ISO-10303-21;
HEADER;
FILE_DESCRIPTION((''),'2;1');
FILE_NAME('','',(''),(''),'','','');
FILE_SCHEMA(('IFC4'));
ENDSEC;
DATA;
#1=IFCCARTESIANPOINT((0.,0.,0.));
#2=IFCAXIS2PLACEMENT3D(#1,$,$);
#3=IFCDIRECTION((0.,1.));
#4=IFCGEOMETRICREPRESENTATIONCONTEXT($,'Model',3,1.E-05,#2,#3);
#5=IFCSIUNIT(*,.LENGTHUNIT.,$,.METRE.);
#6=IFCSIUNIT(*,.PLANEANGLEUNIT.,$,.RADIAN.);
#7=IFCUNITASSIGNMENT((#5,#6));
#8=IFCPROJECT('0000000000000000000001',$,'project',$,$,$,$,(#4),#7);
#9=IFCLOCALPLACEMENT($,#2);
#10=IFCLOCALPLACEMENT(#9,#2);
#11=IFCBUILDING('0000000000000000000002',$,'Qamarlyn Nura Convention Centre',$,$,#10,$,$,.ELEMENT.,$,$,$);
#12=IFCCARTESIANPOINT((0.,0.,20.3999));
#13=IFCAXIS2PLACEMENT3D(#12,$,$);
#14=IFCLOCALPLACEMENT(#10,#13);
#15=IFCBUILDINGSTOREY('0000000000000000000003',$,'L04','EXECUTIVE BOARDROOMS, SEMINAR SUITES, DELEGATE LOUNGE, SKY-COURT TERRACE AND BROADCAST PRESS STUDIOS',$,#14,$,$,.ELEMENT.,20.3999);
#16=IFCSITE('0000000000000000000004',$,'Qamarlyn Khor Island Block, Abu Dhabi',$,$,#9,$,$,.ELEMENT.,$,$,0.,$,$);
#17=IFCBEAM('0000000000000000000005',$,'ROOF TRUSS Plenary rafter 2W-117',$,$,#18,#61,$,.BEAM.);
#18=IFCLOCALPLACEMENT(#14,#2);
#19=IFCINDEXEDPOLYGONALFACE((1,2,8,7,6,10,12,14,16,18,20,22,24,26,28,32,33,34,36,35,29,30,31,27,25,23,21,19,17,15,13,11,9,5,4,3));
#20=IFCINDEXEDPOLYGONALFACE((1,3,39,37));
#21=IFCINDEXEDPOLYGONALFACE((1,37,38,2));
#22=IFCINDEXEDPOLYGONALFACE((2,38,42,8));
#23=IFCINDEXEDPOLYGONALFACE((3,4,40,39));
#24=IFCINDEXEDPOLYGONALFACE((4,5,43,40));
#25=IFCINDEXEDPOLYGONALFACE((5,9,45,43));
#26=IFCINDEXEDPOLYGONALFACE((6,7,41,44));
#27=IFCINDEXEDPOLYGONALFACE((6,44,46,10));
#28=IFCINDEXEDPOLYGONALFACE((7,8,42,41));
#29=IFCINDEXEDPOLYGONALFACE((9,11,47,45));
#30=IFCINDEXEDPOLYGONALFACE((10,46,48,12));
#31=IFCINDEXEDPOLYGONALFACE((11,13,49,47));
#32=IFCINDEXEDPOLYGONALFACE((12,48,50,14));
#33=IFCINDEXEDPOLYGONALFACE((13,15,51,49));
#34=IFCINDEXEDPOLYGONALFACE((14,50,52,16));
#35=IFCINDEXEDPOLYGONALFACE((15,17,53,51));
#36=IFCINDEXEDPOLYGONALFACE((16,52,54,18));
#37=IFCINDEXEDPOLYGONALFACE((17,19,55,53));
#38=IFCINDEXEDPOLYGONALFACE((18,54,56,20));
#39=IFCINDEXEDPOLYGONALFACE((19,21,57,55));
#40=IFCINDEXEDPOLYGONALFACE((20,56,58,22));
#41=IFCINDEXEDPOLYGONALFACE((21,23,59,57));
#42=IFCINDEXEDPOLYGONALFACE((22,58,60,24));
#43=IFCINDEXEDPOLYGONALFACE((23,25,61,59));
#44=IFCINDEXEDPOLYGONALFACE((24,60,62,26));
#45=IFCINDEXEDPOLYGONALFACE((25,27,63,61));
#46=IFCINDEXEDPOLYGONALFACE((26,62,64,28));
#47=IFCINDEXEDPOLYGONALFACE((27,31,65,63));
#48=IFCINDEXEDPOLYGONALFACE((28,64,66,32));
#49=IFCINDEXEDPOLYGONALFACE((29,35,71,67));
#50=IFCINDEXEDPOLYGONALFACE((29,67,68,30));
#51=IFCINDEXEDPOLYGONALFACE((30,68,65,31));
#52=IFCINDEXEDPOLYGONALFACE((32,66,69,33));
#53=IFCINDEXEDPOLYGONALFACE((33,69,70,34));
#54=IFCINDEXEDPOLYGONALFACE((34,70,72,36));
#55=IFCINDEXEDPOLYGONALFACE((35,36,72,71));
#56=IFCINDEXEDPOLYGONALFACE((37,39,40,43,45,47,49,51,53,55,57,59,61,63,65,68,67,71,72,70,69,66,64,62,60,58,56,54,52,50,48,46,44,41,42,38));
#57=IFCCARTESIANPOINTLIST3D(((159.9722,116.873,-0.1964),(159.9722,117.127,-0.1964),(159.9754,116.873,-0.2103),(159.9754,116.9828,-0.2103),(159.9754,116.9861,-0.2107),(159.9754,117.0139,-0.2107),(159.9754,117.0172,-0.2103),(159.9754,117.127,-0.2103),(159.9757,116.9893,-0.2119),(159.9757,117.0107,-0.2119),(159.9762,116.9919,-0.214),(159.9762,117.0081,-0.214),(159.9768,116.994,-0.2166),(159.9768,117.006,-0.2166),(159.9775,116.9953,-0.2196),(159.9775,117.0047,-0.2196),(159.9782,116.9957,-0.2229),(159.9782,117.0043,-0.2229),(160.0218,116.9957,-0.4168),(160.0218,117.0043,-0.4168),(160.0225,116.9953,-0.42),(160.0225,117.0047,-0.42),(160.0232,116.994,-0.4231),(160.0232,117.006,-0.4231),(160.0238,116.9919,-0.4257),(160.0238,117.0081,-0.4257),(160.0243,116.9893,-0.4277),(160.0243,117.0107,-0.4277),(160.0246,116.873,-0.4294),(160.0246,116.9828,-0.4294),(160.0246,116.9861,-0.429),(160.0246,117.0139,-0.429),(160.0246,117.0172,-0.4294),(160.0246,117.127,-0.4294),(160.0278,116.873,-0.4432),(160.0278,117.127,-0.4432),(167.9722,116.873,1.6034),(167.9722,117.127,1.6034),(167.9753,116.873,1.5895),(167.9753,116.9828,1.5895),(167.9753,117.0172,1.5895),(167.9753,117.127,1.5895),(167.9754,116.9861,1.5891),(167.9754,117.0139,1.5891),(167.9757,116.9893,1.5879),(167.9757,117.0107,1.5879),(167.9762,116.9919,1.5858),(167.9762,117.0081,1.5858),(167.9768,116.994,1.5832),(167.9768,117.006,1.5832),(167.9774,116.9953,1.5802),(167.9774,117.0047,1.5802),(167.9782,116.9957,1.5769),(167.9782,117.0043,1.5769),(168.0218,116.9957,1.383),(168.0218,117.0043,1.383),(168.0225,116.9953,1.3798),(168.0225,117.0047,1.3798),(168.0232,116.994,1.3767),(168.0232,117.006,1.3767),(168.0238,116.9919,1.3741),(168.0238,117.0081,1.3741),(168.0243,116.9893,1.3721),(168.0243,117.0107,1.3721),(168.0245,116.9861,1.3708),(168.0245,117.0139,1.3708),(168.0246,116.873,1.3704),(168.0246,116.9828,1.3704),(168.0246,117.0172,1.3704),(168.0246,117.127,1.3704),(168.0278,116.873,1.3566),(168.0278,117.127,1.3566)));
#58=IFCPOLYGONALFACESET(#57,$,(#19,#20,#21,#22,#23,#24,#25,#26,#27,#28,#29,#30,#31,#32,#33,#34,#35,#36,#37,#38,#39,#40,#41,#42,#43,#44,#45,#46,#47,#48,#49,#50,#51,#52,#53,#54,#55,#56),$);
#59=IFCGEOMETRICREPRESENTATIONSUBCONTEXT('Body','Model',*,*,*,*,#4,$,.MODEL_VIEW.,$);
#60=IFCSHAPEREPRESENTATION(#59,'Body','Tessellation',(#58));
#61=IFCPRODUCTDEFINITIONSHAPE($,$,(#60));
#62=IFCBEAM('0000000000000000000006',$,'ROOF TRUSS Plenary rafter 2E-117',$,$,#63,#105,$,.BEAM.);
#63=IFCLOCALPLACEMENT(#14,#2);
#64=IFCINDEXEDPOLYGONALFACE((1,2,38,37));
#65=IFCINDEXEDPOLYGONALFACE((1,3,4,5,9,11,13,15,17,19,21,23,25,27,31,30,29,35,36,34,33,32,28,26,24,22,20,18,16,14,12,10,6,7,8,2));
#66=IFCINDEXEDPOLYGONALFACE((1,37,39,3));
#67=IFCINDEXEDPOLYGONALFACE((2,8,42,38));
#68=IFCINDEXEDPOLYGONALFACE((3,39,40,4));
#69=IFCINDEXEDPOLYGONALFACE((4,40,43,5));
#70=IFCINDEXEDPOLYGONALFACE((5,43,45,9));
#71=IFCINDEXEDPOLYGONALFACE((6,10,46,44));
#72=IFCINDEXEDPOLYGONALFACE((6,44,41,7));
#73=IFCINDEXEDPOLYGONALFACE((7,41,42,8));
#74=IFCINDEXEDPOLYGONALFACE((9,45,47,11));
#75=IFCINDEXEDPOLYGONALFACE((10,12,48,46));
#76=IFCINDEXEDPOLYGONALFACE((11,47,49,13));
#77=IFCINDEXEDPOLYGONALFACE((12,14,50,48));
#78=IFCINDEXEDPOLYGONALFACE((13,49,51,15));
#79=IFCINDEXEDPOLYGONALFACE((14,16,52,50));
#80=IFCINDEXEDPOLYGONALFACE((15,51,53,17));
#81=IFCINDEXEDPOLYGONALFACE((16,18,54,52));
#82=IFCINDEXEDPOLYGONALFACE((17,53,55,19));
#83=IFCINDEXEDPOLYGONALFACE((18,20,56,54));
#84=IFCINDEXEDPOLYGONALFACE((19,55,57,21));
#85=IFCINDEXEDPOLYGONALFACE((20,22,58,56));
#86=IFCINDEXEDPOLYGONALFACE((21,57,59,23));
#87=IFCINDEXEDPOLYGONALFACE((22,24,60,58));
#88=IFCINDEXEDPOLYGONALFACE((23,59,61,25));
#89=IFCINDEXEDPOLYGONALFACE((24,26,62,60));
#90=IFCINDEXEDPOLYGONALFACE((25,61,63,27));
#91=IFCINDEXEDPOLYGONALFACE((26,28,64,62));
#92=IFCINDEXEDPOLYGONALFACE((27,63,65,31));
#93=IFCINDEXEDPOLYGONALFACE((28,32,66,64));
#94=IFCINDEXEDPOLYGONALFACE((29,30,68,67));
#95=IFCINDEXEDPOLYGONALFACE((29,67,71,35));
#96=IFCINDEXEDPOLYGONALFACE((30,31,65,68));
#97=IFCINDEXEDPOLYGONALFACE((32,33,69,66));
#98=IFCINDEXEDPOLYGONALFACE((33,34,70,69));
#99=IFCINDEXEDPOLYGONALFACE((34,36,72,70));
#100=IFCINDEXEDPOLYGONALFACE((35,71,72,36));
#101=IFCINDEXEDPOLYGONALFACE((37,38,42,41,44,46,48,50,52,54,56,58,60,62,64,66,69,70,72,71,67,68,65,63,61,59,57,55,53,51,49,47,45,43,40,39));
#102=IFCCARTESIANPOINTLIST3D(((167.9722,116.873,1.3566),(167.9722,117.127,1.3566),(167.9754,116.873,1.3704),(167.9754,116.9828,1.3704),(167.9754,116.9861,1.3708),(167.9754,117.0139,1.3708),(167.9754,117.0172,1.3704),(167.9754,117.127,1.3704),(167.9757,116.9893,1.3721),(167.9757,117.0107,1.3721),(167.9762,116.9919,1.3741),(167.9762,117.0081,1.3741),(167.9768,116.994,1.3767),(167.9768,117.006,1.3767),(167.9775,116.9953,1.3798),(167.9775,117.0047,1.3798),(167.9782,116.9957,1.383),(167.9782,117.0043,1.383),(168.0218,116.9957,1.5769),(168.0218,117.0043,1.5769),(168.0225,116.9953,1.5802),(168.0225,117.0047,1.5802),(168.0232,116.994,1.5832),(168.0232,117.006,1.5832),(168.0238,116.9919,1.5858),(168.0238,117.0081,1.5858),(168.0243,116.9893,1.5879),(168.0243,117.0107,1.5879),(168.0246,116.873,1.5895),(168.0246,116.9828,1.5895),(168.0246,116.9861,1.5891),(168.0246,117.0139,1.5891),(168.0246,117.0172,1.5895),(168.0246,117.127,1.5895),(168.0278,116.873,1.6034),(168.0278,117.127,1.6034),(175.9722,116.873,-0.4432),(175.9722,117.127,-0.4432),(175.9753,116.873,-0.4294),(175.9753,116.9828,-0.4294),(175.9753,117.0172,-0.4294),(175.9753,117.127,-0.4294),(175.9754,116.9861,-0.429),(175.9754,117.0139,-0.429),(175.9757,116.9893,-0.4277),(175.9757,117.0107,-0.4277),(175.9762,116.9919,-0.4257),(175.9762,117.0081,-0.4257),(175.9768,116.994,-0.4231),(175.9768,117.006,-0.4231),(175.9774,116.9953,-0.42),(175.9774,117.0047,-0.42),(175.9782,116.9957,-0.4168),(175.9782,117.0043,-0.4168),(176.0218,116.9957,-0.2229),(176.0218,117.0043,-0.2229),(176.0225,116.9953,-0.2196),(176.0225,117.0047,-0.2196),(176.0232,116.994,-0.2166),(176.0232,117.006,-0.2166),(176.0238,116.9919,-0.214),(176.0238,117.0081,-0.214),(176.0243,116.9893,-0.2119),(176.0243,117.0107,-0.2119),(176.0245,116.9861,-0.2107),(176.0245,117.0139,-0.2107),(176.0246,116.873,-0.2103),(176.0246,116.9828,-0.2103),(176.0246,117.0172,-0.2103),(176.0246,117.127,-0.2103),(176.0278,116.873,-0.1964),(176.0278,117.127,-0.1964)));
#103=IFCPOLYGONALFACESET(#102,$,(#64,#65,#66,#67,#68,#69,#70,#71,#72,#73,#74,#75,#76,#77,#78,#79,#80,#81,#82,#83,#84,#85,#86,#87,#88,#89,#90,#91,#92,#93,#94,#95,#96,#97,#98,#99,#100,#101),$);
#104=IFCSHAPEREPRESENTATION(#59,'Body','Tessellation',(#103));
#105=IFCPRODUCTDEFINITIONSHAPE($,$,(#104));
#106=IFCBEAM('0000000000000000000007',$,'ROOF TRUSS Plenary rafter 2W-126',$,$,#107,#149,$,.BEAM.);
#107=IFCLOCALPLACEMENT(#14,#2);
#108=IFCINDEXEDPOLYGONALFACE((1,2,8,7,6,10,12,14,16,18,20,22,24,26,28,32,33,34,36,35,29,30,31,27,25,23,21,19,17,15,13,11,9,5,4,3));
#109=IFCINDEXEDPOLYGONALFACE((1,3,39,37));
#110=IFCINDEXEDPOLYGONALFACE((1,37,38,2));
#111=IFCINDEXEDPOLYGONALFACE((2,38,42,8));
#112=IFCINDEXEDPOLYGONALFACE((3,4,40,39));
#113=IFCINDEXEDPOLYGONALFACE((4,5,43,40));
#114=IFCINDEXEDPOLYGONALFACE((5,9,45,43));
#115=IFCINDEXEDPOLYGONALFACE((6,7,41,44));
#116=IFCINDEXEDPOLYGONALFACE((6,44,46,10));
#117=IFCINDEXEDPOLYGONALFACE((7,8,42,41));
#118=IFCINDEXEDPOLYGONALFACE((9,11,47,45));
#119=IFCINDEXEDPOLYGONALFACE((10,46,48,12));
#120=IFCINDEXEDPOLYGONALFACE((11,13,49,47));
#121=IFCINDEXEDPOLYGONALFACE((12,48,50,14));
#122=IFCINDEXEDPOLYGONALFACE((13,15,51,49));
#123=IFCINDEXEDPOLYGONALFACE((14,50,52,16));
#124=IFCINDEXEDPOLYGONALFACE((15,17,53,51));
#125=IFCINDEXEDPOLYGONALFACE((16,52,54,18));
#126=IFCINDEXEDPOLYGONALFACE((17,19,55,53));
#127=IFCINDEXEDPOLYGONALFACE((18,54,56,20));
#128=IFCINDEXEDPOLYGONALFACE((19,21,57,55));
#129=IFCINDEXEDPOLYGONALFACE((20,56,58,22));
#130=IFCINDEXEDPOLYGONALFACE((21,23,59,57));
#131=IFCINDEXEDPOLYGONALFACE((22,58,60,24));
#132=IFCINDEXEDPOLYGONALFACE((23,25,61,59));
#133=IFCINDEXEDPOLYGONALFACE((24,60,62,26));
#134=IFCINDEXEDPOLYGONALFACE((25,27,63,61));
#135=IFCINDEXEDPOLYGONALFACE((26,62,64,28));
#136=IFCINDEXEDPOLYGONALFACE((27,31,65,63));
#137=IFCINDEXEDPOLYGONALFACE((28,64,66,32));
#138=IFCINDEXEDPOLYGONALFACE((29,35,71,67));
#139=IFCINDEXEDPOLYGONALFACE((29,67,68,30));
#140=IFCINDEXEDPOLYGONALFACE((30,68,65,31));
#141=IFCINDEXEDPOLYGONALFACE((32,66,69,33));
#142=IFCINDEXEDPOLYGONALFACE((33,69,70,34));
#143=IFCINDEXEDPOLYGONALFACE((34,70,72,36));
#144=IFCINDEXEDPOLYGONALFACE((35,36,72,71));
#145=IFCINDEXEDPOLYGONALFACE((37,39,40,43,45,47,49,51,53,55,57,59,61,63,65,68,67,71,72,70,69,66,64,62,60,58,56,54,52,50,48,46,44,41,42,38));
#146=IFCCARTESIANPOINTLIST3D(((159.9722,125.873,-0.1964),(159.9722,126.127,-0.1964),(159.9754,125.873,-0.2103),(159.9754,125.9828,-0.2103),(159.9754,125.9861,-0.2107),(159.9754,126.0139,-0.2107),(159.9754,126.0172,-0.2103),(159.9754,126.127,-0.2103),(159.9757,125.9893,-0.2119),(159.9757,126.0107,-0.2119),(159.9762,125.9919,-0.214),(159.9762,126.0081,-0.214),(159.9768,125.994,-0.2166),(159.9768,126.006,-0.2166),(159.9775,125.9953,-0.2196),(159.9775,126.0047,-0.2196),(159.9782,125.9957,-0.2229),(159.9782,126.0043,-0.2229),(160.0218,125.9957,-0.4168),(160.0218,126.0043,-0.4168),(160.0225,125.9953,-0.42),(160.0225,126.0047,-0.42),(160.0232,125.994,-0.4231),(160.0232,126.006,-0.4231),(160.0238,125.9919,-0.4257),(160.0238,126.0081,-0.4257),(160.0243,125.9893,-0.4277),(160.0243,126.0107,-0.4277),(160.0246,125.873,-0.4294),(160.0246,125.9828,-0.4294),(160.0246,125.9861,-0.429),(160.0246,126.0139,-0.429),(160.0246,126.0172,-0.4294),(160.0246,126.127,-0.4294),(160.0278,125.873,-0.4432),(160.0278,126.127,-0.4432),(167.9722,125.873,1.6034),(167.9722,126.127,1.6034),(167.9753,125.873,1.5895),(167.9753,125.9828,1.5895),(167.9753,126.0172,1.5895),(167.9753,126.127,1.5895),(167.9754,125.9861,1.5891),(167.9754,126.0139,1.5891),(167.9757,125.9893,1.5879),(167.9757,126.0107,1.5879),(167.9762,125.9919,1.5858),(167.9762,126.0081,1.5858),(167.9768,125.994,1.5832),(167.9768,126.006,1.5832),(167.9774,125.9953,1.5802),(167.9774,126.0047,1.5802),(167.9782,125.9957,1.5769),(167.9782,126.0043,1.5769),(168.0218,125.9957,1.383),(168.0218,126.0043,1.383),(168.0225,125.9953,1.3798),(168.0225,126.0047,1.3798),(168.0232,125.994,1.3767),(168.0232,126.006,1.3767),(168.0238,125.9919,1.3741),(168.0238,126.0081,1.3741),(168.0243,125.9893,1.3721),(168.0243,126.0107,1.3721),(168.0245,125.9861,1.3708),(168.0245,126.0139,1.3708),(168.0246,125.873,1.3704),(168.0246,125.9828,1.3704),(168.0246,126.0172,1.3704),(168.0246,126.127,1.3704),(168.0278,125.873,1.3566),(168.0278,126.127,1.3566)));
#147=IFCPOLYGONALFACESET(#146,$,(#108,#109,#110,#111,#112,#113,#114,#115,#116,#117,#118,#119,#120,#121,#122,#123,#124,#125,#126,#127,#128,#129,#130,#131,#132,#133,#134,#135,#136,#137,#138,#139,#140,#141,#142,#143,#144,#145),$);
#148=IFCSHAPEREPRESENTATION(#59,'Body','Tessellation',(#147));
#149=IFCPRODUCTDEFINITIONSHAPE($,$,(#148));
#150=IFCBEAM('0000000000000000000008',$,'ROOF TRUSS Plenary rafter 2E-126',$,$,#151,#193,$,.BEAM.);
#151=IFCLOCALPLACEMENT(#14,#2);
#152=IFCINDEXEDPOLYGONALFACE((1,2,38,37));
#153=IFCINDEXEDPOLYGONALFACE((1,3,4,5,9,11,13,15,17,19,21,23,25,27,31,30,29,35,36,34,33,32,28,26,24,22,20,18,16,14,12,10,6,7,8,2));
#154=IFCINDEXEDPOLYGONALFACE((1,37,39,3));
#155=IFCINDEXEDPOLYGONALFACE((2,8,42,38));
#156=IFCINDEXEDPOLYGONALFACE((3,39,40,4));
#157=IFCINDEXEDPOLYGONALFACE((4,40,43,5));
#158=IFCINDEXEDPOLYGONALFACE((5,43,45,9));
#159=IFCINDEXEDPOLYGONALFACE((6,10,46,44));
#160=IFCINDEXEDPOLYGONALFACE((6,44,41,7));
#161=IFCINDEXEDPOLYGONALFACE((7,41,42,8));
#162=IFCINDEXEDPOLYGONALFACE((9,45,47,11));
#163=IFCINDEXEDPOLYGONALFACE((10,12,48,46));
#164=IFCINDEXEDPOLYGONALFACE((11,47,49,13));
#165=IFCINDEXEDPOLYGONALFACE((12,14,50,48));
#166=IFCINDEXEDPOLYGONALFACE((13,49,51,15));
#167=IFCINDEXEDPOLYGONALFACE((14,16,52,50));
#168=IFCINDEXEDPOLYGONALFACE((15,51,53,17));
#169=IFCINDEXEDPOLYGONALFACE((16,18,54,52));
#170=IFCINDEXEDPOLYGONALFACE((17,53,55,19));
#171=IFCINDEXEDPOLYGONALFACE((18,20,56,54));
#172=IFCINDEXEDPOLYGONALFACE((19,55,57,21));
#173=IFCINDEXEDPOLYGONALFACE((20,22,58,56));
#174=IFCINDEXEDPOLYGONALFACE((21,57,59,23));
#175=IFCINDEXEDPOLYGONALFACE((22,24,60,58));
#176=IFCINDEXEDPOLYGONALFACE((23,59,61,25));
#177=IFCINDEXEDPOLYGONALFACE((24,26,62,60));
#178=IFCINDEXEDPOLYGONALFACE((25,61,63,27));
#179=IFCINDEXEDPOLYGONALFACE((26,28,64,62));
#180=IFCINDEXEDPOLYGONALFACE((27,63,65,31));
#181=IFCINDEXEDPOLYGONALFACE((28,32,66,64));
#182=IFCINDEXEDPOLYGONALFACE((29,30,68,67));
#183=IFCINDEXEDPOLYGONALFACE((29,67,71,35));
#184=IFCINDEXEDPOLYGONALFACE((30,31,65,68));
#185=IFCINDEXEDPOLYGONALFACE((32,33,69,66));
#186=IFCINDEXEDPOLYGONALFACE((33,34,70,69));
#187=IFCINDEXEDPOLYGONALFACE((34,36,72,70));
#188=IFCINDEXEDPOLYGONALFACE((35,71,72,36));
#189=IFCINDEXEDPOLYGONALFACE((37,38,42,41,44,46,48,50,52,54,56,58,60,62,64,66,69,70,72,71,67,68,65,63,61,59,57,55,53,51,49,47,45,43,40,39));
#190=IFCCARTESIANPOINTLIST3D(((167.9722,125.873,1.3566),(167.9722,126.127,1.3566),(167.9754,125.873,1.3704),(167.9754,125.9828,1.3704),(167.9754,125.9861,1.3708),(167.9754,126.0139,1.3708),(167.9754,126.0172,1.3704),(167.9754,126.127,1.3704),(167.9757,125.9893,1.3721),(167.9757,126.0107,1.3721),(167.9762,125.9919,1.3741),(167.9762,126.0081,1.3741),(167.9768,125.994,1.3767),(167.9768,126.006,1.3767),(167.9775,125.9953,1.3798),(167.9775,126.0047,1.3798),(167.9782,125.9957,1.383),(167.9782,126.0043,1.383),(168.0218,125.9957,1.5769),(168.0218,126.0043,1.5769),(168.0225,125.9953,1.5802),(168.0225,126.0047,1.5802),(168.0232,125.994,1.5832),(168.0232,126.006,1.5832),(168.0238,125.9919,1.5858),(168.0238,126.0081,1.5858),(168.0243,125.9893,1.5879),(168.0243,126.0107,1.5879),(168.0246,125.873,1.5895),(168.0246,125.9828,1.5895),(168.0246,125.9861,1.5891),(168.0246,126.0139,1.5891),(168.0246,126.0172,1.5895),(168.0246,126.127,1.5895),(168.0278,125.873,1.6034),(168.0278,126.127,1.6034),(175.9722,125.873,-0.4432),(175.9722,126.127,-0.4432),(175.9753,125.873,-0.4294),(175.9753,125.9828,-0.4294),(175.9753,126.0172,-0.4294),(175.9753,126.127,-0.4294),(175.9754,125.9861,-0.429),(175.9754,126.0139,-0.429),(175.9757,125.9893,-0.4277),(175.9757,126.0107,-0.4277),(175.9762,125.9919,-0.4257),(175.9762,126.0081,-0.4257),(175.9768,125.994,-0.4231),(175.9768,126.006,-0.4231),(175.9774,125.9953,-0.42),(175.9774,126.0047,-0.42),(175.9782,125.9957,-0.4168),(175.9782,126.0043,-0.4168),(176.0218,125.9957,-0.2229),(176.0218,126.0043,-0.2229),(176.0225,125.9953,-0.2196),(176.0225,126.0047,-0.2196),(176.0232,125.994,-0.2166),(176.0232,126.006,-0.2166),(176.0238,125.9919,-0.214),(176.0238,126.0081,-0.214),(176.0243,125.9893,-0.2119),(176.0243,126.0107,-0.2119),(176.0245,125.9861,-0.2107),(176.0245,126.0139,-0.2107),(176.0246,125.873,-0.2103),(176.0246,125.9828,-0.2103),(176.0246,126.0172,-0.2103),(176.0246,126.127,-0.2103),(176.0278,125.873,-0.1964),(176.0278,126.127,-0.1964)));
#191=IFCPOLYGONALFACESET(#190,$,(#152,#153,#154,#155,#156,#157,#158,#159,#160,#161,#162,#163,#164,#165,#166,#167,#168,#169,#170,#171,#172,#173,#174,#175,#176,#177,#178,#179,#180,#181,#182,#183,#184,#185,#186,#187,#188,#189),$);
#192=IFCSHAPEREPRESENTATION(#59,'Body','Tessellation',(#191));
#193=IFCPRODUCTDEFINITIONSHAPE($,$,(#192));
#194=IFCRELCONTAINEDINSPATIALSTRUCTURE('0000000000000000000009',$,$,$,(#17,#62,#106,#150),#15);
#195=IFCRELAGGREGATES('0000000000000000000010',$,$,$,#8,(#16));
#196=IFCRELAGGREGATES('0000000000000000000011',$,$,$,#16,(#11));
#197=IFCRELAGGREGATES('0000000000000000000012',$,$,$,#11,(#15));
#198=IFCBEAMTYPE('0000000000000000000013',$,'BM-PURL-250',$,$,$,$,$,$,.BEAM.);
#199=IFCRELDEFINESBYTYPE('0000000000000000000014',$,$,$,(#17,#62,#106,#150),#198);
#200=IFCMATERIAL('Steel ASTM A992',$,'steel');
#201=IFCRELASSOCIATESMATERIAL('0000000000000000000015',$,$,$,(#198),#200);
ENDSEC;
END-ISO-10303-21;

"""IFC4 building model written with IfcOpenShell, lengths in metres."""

from ifc_helpers import new_model, si_unit, direction, frame, origin, origin_2d, place, context, subcontext, project, spatial, i_section, extrude, material, material_profile, profile_set, type_object, element, save


model = new_model("IFC4")

# Units and contexts
model_context = context("Model", 3, precision=1e-05, world=origin(), true_north=direction((0.0, 1.0)))
body_context = subcontext(model_context, "Body", "Model", "MODEL_VIEW")
ifc_project = project(units=[si_unit("LENGTHUNIT", "METRE"), si_unit("PLANEANGLEUNIT", "RADIAN")], contexts=[model_context])

# Site, building, storey
site_placement = place(None, origin())
site = spatial("IfcSite", under=ifc_project, at=site_placement, Name="Qamarlyn Khor Island Block, Abu Dhabi", CompositionType="ELEMENT", RefElevation=0.0)
building_placement = place(site_placement, origin())
building = spatial("IfcBuilding", under=site, at=building_placement, Name="Qamarlyn Nura Convention Centre", CompositionType="ELEMENT")
storey_placement = place(building_placement, frame((0.0, 0.0, 20.3999)))
storey = spatial("IfcBuildingStorey", under=building, at=storey_placement, Name="L04", Description="EXECUTIVE BOARDROOMS, SEMINAR SUITES, DELEGATE LOUNGE, SKY-COURT TERRACE AND BROADCAST PRESS STUDIOS", CompositionType="ELEMENT", Elevation=20.3999)

# Beams
ifc_material_1 = material(Name="Steel ASTM A992", Category="steel")
ifc_material_profile_1 = material_profile(ifc_material_1, i_section(OverallWidth=0.2539, OverallDepth=0.2529, WebThickness=0.0085, FlangeThickness=0.0142, FilletRadius=0.0129, at=origin_2d()), Name="W250X73")
ifc_profile_set_1 = profile_set([ifc_material_profile_1], Name="Steel ASTM A992")
beam_type_1 = type_object("IfcBeamType", Name="BM-PURL-250", PredefinedType="BEAM", material=ifc_profile_set_1)
for number, where, z_axis, x_axis, name in (
    (1, (160.0, 117.0, -0.3198), (0.975615, 0.0, 0.21949), (0.0, 1.0, 0.0), "ROOF TRUSS Plenary rafter 2W-117"),
    (2, (168.0, 117.0, 1.48), (0.975615, 0.0, -0.21949), (0.0, 1.0, 0.0), "ROOF TRUSS Plenary rafter 2E-117"),
    (3, (160.0, 126.0, -0.3198), (0.975615, 0.0, 0.21949), (0.0, 1.0, 0.0), "ROOF TRUSS Plenary rafter 2W-126"),
    (4, (168.0, 126.0, 1.48), (0.975615, 0.0, -0.21949), (0.0, 1.0, 0.0), "ROOF TRUSS Plenary rafter 2E-126"),
):
    element("IfcBeam", number, at=place(storey_placement, frame(where, z_axis=z_axis, x_axis=x_axis)), inside=storey, type_object=beam_type_1, Name=name, PredefinedType="BEAM", context=body_context, shape_type="SweptSolid", body=[
        extrude(i_section(OverallWidth=0.2539, OverallDepth=0.2529, WebThickness=0.0085, FlangeThickness=0.0142, FilletRadius=0.0129, at=origin_2d()), origin(), (0.0, 0.0, 1.0), 8.2),
    ])

save(model, "model.ifc")
